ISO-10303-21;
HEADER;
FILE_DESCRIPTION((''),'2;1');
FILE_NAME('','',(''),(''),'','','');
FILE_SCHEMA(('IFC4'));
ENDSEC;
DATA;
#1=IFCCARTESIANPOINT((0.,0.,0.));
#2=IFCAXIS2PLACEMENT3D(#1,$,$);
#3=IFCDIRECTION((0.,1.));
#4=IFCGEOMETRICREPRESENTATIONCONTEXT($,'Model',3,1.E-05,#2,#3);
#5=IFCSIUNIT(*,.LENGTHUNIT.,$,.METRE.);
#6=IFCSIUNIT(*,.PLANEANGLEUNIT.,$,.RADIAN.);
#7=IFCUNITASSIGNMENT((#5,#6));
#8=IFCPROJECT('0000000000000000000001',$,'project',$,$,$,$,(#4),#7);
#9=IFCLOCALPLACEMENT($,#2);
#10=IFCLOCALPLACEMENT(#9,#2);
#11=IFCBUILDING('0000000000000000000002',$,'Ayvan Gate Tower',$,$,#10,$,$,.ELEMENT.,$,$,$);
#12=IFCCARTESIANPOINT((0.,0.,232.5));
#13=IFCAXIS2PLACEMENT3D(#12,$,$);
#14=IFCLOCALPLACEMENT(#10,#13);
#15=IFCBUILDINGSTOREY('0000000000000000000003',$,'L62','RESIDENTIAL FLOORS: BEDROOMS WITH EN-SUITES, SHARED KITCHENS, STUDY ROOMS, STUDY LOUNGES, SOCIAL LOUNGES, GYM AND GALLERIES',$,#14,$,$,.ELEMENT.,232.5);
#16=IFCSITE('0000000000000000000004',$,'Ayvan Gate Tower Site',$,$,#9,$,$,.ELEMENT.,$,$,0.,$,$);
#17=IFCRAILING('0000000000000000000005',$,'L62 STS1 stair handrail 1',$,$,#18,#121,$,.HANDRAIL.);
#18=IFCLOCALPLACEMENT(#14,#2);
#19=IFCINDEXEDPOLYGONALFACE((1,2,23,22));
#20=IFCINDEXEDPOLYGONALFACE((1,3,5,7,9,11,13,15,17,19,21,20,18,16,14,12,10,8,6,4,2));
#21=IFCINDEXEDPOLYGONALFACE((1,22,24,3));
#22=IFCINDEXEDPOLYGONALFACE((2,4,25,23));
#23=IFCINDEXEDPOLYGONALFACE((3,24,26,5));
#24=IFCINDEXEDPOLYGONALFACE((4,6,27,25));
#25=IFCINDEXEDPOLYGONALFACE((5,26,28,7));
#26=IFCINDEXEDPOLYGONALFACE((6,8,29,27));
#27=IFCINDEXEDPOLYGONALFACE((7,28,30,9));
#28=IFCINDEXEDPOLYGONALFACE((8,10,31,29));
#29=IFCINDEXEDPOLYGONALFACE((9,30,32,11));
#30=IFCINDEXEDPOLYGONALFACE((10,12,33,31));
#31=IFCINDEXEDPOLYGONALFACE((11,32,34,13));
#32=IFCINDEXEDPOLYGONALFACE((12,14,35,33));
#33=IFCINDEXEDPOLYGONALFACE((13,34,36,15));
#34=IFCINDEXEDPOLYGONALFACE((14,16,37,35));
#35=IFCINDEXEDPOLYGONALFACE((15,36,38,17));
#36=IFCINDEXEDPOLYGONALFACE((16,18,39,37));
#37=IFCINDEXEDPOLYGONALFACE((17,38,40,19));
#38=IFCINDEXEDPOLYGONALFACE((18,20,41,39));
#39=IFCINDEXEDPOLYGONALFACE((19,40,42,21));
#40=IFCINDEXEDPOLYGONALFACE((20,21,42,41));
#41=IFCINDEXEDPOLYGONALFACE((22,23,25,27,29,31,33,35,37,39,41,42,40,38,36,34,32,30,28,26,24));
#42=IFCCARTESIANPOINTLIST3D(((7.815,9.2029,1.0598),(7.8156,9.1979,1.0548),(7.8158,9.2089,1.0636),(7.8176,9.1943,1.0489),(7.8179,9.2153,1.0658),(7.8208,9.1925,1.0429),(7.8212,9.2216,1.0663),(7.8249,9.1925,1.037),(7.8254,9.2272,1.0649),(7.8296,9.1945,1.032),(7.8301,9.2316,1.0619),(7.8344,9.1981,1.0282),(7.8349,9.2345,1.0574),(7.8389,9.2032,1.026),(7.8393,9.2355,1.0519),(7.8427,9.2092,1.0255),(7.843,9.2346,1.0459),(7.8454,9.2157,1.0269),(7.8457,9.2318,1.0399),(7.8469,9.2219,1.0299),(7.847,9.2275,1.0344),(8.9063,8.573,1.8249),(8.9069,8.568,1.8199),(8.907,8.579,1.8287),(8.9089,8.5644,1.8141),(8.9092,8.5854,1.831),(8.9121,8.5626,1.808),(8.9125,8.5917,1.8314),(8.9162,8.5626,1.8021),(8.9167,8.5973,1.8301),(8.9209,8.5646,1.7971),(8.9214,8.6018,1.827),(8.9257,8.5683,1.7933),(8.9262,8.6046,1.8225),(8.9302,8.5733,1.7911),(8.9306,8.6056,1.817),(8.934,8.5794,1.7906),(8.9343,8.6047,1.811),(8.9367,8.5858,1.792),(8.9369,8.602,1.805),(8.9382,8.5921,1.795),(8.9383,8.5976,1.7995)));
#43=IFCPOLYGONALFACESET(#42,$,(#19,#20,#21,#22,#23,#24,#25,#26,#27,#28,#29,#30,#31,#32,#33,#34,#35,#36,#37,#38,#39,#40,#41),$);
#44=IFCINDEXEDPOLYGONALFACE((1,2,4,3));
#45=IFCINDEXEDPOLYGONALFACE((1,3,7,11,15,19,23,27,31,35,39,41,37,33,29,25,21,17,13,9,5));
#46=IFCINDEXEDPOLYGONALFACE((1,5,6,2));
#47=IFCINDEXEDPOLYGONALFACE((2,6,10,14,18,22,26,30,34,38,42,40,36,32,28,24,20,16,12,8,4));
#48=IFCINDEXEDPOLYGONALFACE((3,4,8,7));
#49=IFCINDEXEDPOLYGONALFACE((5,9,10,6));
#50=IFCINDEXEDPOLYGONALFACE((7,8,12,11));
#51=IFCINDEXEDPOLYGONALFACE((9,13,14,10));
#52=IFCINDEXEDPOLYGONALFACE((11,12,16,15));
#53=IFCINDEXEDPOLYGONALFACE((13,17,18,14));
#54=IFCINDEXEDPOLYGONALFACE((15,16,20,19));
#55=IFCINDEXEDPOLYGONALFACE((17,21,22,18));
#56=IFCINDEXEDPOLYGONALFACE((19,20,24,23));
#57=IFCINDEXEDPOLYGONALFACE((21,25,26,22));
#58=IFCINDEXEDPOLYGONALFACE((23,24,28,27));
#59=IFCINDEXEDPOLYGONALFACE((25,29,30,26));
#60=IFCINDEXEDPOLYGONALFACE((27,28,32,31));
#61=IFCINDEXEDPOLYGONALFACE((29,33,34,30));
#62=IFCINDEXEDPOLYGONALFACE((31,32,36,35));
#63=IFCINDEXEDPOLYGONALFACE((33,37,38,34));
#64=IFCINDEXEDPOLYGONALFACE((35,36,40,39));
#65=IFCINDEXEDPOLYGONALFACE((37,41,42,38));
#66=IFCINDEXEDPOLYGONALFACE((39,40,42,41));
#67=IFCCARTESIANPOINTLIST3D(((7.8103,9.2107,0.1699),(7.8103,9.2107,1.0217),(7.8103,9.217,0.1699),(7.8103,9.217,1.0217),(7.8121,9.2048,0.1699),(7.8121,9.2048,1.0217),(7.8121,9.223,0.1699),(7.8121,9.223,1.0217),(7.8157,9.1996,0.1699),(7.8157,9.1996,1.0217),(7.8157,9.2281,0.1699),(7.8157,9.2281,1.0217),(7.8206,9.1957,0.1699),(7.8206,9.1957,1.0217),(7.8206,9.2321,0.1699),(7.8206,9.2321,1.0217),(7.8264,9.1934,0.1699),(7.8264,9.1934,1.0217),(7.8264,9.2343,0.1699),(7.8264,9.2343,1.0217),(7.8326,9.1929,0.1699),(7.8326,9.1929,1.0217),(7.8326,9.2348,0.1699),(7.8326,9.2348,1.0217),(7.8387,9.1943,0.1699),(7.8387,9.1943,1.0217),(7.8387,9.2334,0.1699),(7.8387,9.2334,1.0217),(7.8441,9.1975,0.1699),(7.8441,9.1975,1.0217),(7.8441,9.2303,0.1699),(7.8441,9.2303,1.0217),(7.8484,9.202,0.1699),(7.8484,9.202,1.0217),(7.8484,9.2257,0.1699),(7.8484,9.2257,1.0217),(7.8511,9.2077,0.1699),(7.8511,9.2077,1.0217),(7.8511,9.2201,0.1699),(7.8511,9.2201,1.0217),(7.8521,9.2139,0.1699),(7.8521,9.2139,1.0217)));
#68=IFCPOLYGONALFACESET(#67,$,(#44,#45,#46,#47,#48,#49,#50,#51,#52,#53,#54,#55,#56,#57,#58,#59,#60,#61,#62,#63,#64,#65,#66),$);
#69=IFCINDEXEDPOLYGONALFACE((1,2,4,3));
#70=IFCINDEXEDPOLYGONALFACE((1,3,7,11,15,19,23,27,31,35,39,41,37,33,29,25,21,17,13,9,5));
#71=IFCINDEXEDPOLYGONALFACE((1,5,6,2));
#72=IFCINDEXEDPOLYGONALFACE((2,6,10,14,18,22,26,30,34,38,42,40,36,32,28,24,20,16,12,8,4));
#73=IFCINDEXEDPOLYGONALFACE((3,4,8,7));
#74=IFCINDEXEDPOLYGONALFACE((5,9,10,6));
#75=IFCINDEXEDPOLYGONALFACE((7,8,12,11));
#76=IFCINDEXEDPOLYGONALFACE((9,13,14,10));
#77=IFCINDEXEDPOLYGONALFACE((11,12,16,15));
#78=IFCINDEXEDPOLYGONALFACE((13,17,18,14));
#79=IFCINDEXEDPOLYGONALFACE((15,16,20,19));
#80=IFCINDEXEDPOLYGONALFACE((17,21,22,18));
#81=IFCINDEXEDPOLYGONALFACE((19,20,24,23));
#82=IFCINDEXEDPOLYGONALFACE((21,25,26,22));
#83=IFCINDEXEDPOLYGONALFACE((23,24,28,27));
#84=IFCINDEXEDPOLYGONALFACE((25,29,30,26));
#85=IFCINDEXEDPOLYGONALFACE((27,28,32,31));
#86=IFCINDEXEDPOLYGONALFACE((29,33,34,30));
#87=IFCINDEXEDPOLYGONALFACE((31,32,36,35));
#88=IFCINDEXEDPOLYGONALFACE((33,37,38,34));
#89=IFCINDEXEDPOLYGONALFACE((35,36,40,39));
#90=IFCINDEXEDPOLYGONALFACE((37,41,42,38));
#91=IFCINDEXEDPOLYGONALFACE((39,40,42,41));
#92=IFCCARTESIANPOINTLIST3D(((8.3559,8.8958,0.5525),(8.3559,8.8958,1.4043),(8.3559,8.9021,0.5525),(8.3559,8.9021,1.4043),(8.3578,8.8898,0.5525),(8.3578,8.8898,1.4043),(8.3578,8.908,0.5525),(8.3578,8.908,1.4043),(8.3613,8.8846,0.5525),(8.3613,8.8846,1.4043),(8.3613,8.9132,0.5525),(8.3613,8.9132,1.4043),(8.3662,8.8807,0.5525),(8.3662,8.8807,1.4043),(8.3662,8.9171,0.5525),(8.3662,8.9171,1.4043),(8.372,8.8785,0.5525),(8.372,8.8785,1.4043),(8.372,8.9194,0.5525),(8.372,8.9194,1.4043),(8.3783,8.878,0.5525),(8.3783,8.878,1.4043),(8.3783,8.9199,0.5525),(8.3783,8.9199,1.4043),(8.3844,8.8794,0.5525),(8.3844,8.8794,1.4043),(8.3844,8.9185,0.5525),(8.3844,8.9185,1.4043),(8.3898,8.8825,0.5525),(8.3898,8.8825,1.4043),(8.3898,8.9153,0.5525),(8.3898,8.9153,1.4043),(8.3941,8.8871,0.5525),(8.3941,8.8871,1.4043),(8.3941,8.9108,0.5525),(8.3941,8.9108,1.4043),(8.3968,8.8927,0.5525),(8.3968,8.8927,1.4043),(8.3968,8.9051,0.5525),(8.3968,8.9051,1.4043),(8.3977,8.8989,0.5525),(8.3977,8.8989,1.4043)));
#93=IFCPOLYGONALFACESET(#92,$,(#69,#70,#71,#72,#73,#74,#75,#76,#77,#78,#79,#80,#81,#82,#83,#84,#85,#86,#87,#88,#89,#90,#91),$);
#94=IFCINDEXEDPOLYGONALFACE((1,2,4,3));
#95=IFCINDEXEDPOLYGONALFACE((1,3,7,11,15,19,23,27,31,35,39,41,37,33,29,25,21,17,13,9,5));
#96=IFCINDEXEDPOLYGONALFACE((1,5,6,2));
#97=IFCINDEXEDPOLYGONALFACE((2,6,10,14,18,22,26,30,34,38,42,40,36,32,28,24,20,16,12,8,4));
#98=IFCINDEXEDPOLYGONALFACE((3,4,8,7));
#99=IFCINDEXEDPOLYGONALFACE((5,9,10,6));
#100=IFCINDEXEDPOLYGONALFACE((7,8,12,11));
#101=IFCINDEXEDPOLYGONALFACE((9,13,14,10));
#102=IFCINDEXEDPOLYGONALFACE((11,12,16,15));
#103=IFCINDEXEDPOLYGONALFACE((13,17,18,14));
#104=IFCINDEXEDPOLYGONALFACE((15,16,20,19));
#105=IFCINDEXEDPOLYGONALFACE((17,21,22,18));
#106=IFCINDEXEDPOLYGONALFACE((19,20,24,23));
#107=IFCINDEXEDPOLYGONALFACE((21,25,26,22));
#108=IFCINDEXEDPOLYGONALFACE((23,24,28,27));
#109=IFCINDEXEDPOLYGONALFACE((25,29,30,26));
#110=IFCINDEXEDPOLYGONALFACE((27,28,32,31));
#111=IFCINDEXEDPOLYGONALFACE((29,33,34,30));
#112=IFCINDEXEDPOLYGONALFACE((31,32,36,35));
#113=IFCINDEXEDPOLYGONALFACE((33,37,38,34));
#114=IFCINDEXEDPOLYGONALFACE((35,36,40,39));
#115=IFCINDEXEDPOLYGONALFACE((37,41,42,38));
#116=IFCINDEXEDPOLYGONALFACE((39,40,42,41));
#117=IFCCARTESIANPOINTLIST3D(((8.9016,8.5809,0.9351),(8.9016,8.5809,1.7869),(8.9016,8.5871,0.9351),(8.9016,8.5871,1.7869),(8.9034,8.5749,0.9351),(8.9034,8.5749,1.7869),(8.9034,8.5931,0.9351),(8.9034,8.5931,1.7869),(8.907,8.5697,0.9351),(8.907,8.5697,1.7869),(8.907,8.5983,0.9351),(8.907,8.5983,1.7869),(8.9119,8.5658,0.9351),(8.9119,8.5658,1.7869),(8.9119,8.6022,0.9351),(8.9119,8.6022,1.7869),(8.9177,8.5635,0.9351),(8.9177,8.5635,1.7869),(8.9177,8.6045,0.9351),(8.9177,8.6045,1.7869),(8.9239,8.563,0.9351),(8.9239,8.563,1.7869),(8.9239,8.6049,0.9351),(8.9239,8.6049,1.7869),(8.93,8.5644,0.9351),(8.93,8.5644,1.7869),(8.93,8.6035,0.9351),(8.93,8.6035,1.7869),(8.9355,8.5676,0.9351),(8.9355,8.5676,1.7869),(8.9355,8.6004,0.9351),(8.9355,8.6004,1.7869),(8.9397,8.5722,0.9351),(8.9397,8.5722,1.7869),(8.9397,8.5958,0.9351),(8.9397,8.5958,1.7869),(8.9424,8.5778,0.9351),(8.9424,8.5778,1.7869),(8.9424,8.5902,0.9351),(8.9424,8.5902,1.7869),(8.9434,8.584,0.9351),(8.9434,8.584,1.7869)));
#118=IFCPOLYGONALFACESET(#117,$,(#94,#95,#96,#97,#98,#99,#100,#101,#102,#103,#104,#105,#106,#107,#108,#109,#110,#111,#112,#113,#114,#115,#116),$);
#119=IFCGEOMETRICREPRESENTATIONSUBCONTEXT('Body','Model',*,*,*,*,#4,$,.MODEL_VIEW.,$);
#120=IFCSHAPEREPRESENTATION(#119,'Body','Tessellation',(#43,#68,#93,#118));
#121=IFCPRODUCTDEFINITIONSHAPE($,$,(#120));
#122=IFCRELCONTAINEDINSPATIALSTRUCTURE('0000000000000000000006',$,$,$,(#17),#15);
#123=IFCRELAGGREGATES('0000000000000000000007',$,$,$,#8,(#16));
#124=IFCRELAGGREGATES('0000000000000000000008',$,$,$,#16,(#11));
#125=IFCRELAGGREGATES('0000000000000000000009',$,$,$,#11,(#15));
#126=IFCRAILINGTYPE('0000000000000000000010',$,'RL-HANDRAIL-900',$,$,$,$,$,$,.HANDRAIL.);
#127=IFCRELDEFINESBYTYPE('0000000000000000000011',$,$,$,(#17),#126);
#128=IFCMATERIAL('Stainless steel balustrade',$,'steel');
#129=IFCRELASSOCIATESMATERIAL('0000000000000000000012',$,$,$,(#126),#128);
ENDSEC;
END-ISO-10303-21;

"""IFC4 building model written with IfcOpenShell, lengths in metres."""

from ifc_helpers import new_model, si_unit, direction, frame, origin, origin_2d, place, context, subcontext, project, spatial, circle, extrude, material, type_object, element, save


model = new_model("IFC4")

# Units and contexts
model_context = context("Model", 3, precision=1e-05, world=origin(), true_north=direction((0.0, 1.0)))
body_context = subcontext(model_context, "Body", "Model", "MODEL_VIEW")
ifc_project = project(units=[si_unit("LENGTHUNIT", "METRE"), si_unit("PLANEANGLEUNIT", "RADIAN")], contexts=[model_context])

# Site, building, storey
site_placement = place(None, origin())
site = spatial("IfcSite", under=ifc_project, at=site_placement, Name="Ayvan Gate Tower Site", CompositionType="ELEMENT", RefElevation=0.0)
building_placement = place(site_placement, origin())
building = spatial("IfcBuilding", under=site, at=building_placement, Name="Ayvan Gate Tower", CompositionType="ELEMENT")
storey_placement = place(building_placement, frame((0.0, 0.0, 232.5)))
storey = spatial("IfcBuildingStorey", under=building, at=storey_placement, Name="L62", Description="RESIDENTIAL FLOORS: BEDROOMS WITH EN-SUITES, SHARED KITCHENS, STUDY ROOMS, STUDY LOUNGES, SOCIAL LOUNGES, GYM AND GALLERIES", CompositionType="ELEMENT", Elevation=232.5)

# Railing
ifc_material_1 = material(Name="Stainless steel balustrade", Category="steel")
railing_type_1 = type_object("IfcRailingType", Name="RL-HANDRAIL-900", PredefinedType="HANDRAIL", material=ifc_material_1)
railing_1_placement = place(storey_placement, frame((7.8311, 9.2139, 0.1699)))
element("IfcRailing", 1, at=railing_1_placement, inside=storey, type_object=railing_type_1, Name="L62 STS1 stair handrail 1", PredefinedType="HANDRAIL", context=body_context, shape_type="SweptSolid", body=[
    extrude(circle(Radius=0.0239, at=origin_2d()), frame((0.0, 0.0, 0.876), z_axis=(0.740293, -0.427283, 0.519033), x_axis=(0.49989, 0.866089, 0.0)), (0.0, 0.0, 1.0), 1.4741),
    extrude(circle(Radius=0.021, at=origin_2d()), origin(), (0.0, 0.0, 1.0), 0.8518),
    extrude(circle(Radius=0.021, at=origin_2d()), frame((0.5457, -0.3149, 0.3826)), (0.0, 0.0, 1.0), 0.8518),
    extrude(circle(Radius=0.021, at=origin_2d()), frame((1.0913, -0.6299, 0.7651)), (0.0, 0.0, 1.0), 0.8518),
])

save(model, "model.ifc")
